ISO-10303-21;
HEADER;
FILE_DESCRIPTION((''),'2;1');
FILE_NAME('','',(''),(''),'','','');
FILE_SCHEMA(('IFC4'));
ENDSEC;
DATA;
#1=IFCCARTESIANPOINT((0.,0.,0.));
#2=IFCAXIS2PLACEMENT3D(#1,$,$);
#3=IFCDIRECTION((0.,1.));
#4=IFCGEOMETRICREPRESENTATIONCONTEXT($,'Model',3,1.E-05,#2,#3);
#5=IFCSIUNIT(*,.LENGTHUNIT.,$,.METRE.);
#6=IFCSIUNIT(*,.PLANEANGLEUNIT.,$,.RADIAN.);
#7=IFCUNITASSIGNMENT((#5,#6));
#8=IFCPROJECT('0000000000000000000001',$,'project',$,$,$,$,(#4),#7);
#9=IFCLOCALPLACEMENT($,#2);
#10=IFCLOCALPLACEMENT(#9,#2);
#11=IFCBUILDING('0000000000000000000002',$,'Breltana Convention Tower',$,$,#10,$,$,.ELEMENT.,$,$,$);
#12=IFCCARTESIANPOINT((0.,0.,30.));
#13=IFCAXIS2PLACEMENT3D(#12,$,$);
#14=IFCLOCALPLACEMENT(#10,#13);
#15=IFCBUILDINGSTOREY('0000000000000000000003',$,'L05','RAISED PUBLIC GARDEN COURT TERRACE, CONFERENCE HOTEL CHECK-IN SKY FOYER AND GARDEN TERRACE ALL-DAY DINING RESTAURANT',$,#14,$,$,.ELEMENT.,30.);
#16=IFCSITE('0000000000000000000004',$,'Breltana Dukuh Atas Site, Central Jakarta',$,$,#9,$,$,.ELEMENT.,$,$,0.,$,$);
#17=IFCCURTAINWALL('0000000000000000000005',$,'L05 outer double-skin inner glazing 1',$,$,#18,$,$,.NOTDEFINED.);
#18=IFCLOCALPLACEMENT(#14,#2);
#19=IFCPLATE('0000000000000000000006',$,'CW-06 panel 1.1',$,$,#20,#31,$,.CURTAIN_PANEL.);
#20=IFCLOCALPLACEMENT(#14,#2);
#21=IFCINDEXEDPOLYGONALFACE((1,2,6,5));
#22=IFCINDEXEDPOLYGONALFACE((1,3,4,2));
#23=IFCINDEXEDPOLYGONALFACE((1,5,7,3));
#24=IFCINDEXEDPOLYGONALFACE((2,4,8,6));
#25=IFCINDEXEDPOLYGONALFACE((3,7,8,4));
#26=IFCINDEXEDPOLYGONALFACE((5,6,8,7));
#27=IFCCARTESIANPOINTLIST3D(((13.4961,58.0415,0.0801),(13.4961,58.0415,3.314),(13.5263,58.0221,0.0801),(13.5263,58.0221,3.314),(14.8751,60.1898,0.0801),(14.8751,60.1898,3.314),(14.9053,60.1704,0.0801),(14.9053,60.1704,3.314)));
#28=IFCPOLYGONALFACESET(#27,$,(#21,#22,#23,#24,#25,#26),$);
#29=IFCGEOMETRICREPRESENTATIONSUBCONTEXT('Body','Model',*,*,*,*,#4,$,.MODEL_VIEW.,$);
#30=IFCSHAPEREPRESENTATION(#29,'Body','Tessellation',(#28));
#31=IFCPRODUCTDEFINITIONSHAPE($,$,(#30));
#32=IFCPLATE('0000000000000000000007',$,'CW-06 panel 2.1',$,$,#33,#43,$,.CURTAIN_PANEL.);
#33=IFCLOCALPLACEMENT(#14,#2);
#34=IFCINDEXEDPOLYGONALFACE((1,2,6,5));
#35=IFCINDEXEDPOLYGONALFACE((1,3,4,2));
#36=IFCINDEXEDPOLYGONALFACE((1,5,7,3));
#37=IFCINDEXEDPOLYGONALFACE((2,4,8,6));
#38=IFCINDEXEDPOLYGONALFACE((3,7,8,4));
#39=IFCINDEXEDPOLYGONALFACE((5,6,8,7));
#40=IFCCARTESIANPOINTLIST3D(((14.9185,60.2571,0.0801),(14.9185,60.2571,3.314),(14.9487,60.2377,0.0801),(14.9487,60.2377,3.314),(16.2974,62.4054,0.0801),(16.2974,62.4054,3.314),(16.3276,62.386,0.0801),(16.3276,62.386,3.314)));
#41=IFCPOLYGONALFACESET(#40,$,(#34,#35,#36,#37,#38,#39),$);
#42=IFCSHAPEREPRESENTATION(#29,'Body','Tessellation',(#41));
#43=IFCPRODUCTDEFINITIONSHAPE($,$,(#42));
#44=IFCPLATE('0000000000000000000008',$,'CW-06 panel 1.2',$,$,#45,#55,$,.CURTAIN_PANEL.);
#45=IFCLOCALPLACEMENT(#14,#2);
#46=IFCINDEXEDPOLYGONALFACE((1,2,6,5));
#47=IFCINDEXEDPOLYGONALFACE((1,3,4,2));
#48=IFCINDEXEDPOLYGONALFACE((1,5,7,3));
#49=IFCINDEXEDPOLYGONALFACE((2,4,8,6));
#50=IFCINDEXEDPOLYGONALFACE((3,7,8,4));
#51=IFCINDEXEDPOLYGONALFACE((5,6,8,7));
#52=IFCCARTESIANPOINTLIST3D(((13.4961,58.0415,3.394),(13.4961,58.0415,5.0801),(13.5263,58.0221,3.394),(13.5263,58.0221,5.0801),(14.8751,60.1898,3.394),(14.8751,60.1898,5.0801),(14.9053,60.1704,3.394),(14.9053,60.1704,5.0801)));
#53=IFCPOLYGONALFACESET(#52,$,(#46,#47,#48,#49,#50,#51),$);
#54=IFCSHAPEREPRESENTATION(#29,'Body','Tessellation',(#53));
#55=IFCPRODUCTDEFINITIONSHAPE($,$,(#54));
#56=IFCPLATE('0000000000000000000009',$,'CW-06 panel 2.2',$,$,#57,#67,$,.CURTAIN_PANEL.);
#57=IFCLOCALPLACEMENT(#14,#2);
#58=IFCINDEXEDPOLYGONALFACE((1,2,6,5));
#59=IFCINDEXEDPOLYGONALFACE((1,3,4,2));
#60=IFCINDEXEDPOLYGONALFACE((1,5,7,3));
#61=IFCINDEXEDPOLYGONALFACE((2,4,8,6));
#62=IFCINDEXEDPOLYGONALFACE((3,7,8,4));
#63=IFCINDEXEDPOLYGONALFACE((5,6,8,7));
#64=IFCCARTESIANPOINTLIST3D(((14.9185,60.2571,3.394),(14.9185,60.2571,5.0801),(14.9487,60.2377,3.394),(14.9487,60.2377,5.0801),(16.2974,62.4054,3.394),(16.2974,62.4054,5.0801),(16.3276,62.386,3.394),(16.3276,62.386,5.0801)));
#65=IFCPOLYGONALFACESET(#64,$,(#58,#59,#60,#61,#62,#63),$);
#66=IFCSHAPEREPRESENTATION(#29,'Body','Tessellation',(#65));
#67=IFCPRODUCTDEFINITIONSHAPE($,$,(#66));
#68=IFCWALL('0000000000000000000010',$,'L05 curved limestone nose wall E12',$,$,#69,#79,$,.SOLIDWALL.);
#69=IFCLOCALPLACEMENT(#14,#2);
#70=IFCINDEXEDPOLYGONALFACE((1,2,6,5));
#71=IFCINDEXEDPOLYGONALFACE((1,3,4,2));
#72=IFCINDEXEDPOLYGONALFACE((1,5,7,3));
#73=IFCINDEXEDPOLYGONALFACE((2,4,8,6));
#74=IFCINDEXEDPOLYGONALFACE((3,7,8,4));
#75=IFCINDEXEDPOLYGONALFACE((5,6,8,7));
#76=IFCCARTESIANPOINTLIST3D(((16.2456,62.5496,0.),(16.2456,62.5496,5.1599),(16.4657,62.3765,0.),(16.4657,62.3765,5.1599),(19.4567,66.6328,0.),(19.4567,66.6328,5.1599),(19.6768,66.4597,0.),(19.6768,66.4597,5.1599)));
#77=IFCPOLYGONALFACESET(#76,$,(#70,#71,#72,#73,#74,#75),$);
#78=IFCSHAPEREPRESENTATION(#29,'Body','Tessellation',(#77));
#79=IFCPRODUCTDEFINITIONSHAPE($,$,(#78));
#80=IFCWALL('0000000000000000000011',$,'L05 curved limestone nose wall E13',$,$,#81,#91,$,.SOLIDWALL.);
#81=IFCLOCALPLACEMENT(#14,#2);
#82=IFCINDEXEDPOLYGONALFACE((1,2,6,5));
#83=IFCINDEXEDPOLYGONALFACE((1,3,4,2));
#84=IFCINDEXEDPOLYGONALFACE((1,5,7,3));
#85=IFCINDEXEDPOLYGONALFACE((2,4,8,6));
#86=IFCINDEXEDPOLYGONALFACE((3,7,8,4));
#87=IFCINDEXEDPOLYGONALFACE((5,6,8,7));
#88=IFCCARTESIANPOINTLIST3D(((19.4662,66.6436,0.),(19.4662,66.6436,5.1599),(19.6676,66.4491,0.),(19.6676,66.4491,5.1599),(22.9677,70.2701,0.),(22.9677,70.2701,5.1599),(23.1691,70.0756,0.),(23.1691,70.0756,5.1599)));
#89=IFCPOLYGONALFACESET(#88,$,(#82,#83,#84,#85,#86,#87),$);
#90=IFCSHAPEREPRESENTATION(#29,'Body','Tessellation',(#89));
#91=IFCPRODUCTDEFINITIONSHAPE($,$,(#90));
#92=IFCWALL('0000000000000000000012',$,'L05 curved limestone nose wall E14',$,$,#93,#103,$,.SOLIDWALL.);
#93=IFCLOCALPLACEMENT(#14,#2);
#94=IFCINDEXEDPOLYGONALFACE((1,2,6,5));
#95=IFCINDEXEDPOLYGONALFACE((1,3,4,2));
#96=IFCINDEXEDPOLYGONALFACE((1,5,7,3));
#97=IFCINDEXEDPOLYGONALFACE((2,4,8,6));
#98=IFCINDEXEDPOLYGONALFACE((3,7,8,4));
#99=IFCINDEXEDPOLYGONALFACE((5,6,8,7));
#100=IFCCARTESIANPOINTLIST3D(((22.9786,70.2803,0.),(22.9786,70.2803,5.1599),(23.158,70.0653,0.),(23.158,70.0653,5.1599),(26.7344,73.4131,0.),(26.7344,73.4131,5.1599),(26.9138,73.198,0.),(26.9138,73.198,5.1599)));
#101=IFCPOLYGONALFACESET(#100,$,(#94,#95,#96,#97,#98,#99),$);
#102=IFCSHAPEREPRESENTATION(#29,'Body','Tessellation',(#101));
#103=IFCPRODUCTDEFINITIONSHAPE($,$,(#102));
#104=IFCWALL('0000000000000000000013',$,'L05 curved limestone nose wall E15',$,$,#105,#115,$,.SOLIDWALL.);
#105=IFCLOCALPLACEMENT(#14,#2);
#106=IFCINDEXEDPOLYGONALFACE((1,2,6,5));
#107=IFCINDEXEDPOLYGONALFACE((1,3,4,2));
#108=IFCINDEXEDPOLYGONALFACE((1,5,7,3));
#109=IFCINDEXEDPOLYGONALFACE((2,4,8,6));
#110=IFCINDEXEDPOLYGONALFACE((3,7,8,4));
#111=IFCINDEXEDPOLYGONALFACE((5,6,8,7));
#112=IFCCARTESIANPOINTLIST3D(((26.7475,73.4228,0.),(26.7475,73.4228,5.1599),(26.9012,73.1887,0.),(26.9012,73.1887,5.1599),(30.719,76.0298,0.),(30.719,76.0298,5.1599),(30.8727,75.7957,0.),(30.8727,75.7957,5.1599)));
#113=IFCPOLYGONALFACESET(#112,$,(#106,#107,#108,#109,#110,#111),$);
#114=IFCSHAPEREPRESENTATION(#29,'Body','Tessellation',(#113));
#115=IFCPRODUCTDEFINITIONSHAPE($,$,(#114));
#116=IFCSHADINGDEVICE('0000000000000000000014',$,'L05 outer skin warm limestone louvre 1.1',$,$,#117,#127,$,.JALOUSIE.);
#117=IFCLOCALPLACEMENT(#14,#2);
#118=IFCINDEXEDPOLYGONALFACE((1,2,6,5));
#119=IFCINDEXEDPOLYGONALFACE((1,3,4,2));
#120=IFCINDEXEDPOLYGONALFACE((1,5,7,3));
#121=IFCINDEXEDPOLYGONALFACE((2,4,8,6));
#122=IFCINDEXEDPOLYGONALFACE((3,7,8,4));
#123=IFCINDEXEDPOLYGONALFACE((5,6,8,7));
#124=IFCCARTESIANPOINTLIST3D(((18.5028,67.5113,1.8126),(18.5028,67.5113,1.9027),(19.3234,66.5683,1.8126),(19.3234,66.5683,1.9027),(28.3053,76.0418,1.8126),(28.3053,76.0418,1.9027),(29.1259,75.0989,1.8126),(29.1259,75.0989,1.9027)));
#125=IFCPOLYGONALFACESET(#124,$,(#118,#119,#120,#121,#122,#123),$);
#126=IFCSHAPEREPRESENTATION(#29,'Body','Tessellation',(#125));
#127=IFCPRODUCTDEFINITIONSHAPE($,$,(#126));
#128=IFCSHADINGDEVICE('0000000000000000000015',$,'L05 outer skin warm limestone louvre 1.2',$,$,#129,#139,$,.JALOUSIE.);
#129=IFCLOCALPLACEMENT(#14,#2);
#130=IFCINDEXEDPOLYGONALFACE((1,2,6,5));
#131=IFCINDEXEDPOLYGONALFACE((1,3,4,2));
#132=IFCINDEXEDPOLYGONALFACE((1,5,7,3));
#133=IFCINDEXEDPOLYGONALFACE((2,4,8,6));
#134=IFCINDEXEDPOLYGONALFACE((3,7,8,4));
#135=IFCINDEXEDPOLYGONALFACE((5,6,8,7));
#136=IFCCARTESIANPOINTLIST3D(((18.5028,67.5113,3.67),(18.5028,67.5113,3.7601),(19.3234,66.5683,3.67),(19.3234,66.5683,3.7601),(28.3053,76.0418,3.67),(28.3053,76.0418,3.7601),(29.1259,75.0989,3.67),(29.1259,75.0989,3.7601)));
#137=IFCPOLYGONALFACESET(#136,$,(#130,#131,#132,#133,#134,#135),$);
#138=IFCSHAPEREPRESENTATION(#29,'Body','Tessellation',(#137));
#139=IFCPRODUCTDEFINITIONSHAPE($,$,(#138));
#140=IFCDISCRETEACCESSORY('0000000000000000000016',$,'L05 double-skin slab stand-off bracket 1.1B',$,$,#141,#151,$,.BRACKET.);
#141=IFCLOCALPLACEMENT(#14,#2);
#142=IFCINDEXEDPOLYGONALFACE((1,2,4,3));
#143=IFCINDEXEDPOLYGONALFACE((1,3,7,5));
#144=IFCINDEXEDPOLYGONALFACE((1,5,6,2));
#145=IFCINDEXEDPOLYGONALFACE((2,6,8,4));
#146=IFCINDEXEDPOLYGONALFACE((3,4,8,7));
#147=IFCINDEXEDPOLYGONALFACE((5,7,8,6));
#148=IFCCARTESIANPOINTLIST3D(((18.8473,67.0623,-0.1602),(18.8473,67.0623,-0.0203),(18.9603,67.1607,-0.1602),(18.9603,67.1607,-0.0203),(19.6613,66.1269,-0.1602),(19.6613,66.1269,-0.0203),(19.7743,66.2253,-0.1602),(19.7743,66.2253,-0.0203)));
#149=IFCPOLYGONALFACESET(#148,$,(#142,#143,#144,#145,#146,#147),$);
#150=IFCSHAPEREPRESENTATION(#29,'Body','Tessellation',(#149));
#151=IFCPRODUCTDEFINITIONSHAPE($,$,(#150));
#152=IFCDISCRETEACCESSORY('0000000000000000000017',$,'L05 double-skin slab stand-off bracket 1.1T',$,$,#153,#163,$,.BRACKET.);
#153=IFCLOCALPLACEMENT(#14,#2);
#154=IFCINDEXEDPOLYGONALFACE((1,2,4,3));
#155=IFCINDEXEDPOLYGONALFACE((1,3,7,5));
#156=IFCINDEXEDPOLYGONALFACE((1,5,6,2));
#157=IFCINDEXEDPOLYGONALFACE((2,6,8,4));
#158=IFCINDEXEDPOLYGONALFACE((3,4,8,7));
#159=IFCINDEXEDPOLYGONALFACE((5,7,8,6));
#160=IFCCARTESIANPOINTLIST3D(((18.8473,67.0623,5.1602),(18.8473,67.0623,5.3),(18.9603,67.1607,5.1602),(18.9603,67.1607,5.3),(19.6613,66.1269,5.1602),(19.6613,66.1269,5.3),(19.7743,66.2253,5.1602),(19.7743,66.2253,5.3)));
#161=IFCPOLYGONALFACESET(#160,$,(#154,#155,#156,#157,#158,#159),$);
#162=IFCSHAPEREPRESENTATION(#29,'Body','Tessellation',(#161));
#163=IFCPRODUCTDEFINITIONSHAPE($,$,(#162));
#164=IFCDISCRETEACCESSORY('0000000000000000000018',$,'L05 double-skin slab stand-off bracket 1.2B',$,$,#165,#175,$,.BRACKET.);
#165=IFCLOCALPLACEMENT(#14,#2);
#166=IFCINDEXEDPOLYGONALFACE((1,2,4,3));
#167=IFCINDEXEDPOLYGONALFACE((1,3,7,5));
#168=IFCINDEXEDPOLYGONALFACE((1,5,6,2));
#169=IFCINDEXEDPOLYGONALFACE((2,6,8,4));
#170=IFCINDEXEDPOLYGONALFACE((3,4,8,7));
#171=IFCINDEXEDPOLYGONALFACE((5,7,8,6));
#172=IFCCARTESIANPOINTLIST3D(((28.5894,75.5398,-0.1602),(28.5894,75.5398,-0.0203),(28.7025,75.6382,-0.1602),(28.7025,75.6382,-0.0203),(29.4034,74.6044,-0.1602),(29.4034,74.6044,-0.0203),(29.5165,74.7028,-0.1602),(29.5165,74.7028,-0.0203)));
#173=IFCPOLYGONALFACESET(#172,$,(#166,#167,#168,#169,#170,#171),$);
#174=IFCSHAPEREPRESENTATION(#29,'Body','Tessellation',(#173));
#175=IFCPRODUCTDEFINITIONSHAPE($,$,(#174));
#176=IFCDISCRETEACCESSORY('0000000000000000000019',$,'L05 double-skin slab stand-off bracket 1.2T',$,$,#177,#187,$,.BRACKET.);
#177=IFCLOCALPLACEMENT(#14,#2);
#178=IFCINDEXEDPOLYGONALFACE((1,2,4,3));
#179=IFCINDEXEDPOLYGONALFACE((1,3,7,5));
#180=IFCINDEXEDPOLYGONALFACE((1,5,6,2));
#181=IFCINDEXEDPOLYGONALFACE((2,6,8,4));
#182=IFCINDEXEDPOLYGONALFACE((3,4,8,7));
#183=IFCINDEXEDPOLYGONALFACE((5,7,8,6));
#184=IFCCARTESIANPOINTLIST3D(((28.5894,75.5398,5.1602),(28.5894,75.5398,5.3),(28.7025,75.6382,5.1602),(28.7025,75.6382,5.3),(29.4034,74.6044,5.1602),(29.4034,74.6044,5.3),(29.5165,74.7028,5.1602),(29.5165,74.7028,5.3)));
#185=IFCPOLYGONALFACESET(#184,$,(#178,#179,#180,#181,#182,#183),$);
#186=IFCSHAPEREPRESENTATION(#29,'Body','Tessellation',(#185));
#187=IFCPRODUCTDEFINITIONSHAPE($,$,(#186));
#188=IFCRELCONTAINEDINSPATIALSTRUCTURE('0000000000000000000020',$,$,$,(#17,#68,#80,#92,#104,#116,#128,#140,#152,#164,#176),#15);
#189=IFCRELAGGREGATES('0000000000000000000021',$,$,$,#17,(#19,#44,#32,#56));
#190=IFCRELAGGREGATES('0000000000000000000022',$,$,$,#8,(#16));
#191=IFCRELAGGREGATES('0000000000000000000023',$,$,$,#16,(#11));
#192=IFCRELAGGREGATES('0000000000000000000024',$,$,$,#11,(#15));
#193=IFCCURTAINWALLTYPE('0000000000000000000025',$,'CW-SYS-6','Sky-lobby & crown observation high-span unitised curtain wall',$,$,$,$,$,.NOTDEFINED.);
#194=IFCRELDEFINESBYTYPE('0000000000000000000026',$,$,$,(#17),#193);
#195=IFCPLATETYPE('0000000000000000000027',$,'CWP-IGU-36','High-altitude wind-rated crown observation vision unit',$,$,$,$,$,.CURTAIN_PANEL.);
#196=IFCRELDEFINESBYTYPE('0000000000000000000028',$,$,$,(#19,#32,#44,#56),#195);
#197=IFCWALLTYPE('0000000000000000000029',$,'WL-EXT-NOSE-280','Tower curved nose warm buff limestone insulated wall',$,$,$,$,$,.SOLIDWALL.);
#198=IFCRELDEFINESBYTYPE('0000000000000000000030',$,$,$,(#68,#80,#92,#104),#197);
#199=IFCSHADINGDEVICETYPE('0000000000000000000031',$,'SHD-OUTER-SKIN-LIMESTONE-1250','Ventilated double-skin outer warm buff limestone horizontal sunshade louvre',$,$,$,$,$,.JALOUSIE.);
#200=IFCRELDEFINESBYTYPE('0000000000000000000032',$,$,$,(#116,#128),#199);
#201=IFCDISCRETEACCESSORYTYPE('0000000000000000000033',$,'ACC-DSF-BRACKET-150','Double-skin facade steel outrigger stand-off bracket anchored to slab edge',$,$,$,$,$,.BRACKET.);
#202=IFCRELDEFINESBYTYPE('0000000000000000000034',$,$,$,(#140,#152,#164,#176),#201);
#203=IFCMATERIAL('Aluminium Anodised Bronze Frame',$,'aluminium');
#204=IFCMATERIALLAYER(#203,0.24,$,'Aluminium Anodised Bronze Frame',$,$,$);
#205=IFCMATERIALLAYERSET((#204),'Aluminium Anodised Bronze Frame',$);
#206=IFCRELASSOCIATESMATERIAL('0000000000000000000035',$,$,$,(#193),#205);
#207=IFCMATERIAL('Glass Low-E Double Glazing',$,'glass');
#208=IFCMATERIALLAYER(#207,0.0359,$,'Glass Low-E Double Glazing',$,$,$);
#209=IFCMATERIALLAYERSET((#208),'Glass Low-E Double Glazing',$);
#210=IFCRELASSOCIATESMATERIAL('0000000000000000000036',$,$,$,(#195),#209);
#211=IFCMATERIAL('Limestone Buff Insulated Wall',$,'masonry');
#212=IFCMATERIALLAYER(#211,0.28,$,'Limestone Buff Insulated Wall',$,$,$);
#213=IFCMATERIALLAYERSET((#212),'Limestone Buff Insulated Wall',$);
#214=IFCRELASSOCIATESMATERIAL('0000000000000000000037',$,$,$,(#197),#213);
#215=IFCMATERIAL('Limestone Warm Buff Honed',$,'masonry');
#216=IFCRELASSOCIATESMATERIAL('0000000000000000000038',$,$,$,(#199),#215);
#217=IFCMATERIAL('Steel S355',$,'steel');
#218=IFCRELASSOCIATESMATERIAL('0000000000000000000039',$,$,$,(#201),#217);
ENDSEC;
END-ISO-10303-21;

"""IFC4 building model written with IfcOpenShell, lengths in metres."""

from ifc_helpers import new_model, si_unit, direction, frame, frame_2d, origin, origin_2d, place, context, subcontext, project, spatial, rectangle, extrude, source, transform, mapped, material, layer, layer_set, material_profile, profile_set, type_object, type_shapes, element, aggregate, save


model = new_model("IFC4")

# Units and contexts
model_context = context("Model", 3, precision=1e-05, world=origin(), true_north=direction((0.0, 1.0)))
body_context = subcontext(model_context, "Body", "Model", "MODEL_VIEW")
ifc_project = project(units=[si_unit("LENGTHUNIT", "METRE"), si_unit("PLANEANGLEUNIT", "RADIAN")], contexts=[model_context])

# Site, building, storey
site_placement = place(None, origin())
site = spatial("IfcSite", under=ifc_project, at=site_placement, Name="Breltana Dukuh Atas Site, Central Jakarta", CompositionType="ELEMENT", RefElevation=0.0)
building_placement = place(site_placement, origin())
building = spatial("IfcBuilding", under=site, at=building_placement, Name="Breltana Convention Tower", CompositionType="ELEMENT")
storey_placement = place(building_placement, frame((0.0, 0.0, 30.0)))
storey = spatial("IfcBuildingStorey", under=building, at=storey_placement, Name="L05", Description="RAISED PUBLIC GARDEN COURT TERRACE, CONFERENCE HOTEL CHECK-IN SKY FOYER AND GARDEN TERRACE ALL-DAY DINING RESTAURANT", CompositionType="ELEMENT", Elevation=30.0)

# Curtain wall
ifc_material_1 = material(Name="Aluminium Anodised Bronze Frame", Category="aluminium")
ifc_layer_1 = layer(ifc_material_1, 0.24, Name="Aluminium Anodised Bronze Frame")
ifc_layer_set_1 = layer_set([ifc_layer_1], Name="Aluminium Anodised Bronze Frame")
curtain_wall_type = type_object("IfcCurtainWallType", Name="CW-SYS-6", Description="Sky-lobby & crown observation high-span unitised curtain wall", PredefinedType="NOTDEFINED", material=ifc_layer_set_1)
curtain_wall_1_placement = place(storey_placement, origin())
curtain_wall_1 = element("IfcCurtainWall", 1, at=curtain_wall_1_placement, inside=storey, type_object=curtain_wall_type, Name="L05 outer double-skin inner glazing 1", PredefinedType="NOTDEFINED")

# Plates
ifc_material_2 = material(Name="Glass Low-E Double Glazing", Category="glass")
ifc_layer_2 = layer(ifc_material_2, 0.0359, Name="Glass Low-E Double Glazing")
ifc_layer_set_2 = layer_set([ifc_layer_2], Name="Glass Low-E Double Glazing")
plate_type = type_object("IfcPlateType", Name="CWP-IGU-36", Description="High-altitude wind-rated crown observation vision unit", PredefinedType="CURTAIN_PANEL", material=ifc_layer_set_2)
shared_shape_1 = source(origin(), body_context, "Body", "SweptSolid", [
    extrude(rectangle(XDim=2.5527, YDim=0.0359, at=origin_2d()), origin(), (0.0, 0.0, 1.0), 3.2339),
])
type_shapes(plate_type, [shared_shape_1])
plate_1_placement = place(storey_placement, frame((14.2007, 59.106, 0.0801), z_axis=(0.0, 0.0, 1.0), x_axis=(0.540181, 0.841549, 0.0)))
plate_1 = element("IfcPlate", 2, at=plate_1_placement, type_object=plate_type, Name="CW-06 panel 1.1", PredefinedType="CURTAIN_PANEL", context=body_context, shape_type="MappedRepresentation", body=[
    mapped(shared_shape_1, transform((0.0, 0.0, 0.0), scale=1.0)),
])
plate_2_placement = place(storey_placement, frame((15.623, 61.3215, 0.0801), z_axis=(0.0, 0.0, 1.0), x_axis=(0.540181, 0.841549, 0.0)))
plate_2 = element("IfcPlate", 3, at=plate_2_placement, type_object=plate_type, Name="CW-06 panel 2.1", PredefinedType="CURTAIN_PANEL", context=body_context, shape_type="MappedRepresentation", body=[
    mapped(shared_shape_1, transform((0.0, 0.0, 0.0), scale=1.0)),
])
shared_shape_2 = source(origin(), body_context, "Body", "SweptSolid", [
    extrude(rectangle(XDim=2.5527, YDim=0.0359, at=origin_2d()), origin(), (0.0, 0.0, 1.0), 1.686),
])
plate_3_placement = place(storey_placement, frame((14.2007, 59.106, 3.394), z_axis=(0.0, 0.0, 1.0), x_axis=(0.540181, 0.841549, 0.0)))
plate_3 = element("IfcPlate", 4, at=plate_3_placement, type_object=plate_type, Name="CW-06 panel 1.2", PredefinedType="CURTAIN_PANEL", context=body_context, shape_type="MappedRepresentation", body=[
    mapped(shared_shape_2, transform((0.0, 0.0, 0.0), scale=1.0)),
])
plate_4_placement = place(storey_placement, frame((15.623, 61.3215, 3.394), z_axis=(0.0, 0.0, 1.0), x_axis=(0.540181, 0.841549, 0.0)))
plate_4 = element("IfcPlate", 5, at=plate_4_placement, type_object=plate_type, Name="CW-06 panel 2.2", PredefinedType="CURTAIN_PANEL", context=body_context, shape_type="MappedRepresentation", body=[
    mapped(shared_shape_2, transform((0.0, 0.0, 0.0), scale=1.0)),
])
aggregate(curtain_wall_1, [plate_1, plate_3, plate_2, plate_4])

# Walls
ifc_material_3 = material(Name="Limestone Buff Insulated Wall", Category="masonry")
ifc_layer_3 = layer(ifc_material_3, 0.28, Name="Limestone Buff Insulated Wall")
ifc_layer_set_3 = layer_set([ifc_layer_3], Name="Limestone Buff Insulated Wall")
wall_type = type_object("IfcWallType", Name="WL-EXT-NOSE-280", Description="Tower curved nose warm buff limestone insulated wall", PredefinedType="SOLIDWALL", material=ifc_layer_set_3)
shared_shape_3 = source(origin(), body_context, "Body", "SweptSolid", [
    extrude(rectangle(XDim=5.1946, YDim=0.28, at=frame_2d((2.5972, 0.0))), origin(), (0.0, 0.0, 1.0), 5.1599),
])
wall_1_placement = place(storey_placement, frame((16.3557, 62.4631, 0.0), z_axis=(0.0, 0.0, 1.0), x_axis=(0.618168, 0.786046, 0.0)))
element("IfcWall", 6, at=wall_1_placement, inside=storey, type_object=wall_type, Name="L05 curved limestone nose wall E12", PredefinedType="SOLIDWALL", context=body_context, shape_type="MappedRepresentation", body=[
    mapped(shared_shape_3, transform((0.0, 0.0, 0.0), scale=1.0)),
])
shared_shape_4 = source(origin(), body_context, "Body", "SweptSolid", [
    extrude(rectangle(XDim=5.041, YDim=0.28, at=frame_2d((2.5205, 0.0))), origin(), (0.0, 0.0, 1.0), 5.1599),
])
wall_2_placement = place(storey_placement, frame((19.5669, 66.5464, 0.0), z_axis=(0.0, 0.0, 1.0), x_axis=(0.6946, 0.719396, 0.0)))
element("IfcWall", 7, at=wall_2_placement, inside=storey, type_object=wall_type, Name="L05 curved limestone nose wall E13", PredefinedType="SOLIDWALL", context=body_context, shape_type="MappedRepresentation", body=[
    mapped(shared_shape_4, transform((0.0, 0.0, 0.0), scale=1.0)),
])
shared_shape_5 = source(origin(), body_context, "Body", "SweptSolid", [
    extrude(rectangle(XDim=4.8909, YDim=0.28, at=frame_2d((2.4453, 0.0))), origin(), (0.0, 0.0, 1.0), 5.1599),
])
wall_3_placement = place(storey_placement, frame((23.0684, 70.1729, 0.0), z_axis=(0.0, 0.0, 1.0), x_axis=(0.767927, 0.640538, 0.0)))
element("IfcWall", 8, at=wall_3_placement, inside=storey, type_object=wall_type, Name="L05 curved limestone nose wall E14", PredefinedType="SOLIDWALL", context=body_context, shape_type="MappedRepresentation", body=[
    mapped(shared_shape_5, transform((0.0, 0.0, 0.0), scale=1.0)),
])
shared_shape_6 = source(origin(), body_context, "Body", "SweptSolid", [
    extrude(rectangle(XDim=4.7507, YDim=0.28, at=frame_2d((2.3755, 0.0))), origin(), (0.0, 0.0, 1.0), 5.1599),
])
wall_4_placement = place(storey_placement, frame((26.8242, 73.3057, 0.0), z_axis=(0.0, 0.0, 1.0), x_axis=(0.835982, 0.548756, 0.0)))
element("IfcWall", 9, at=wall_4_placement, inside=storey, type_object=wall_type, Name="L05 curved limestone nose wall E15", PredefinedType="SOLIDWALL", context=body_context, shape_type="MappedRepresentation", body=[
    mapped(shared_shape_6, transform((0.0, 0.0, 0.0), scale=1.0)),
])

# Shading devices
ifc_material_4 = material(Name="Limestone Warm Buff Honed", Category="masonry")
ifc_material_profile_1 = material_profile(ifc_material_4, rectangle(XDim=1.25, YDim=0.0901, at=origin_2d()), Name="STN-LVR-1250X90")
ifc_profile_set_1 = profile_set([ifc_material_profile_1], Name="Limestone Warm Buff Honed")
shading_device_type = type_object("IfcShadingDeviceType", Name="SHD-OUTER-SKIN-LIMESTONE-1250", Description="Ventilated double-skin outer warm buff limestone horizontal sunshade louvre", PredefinedType="JALOUSIE", material=ifc_profile_set_1)
shared_shape_7 = source(origin(), body_context, "Body", "SweptSolid", [
    extrude(rectangle(XDim=1.25, YDim=0.0901, at=origin_2d()), origin(), (0.0, 0.0, 1.0), 12.9946),
])
type_shapes(shading_device_type, [shared_shape_7])
for number, where, z_axis, x_axis, name in (
    (10, (18.9131, 67.0398, 1.8577), (0.754353, 0.656468, 0.0), (-0.656468, 0.754353, 0.0), "L05 outer skin warm limestone louvre 1.1"),
    (11, (18.9131, 67.0398, 3.7151), (0.754353, 0.656468, 0.0), (-0.656468, 0.754353, 0.0), "L05 outer skin warm limestone louvre 1.2"),
):
    element("IfcShadingDevice", number, at=place(storey_placement, frame(where, z_axis=z_axis, x_axis=x_axis)), inside=storey, type_object=shading_device_type, Name=name, PredefinedType="JALOUSIE", context=body_context, shape_type="MappedRepresentation", body=[
        mapped(shared_shape_7, transform((0.0, 0.0, 0.0), scale=1.0)),
    ])

# Discrete accessories
ifc_material_5 = material(Name="Steel S355", Category="steel")
discrete_accessory_type_1 = type_object("IfcDiscreteAccessoryType", Name="ACC-DSF-BRACKET-150", Description="Double-skin facade steel outrigger stand-off bracket anchored to slab edge", PredefinedType="BRACKET", material=ifc_material_5)
shared_shape_8 = source(origin(), body_context, "Body", "SweptSolid", [
    extrude(rectangle(XDim=1.24, YDim=0.1499, at=origin_2d()), origin(), (0.0, 0.0, 1.0), 0.1399),
])
type_shapes(discrete_accessory_type_1, [shared_shape_8])
for number, where, z_axis, x_axis, name in (
    (12, (19.3108, 66.6438, -0.1602), (0.0, 0.0, 1.0), (-0.656457, 0.754364, 0.0), "L05 double-skin slab stand-off bracket 1.1B"),
    (13, (19.3108, 66.6438, 5.1602), (0.0, 0.0, 1.0), (-0.656457, 0.754364, 0.0), "L05 double-skin slab stand-off bracket 1.1T"),
    (14, (29.053, 75.1213, -0.1602), (0.0, 0.0, 1.0), (-0.656457, 0.754364, 0.0), "L05 double-skin slab stand-off bracket 1.2B"),
    (15, (29.053, 75.1213, 5.1602), (0.0, 0.0, 1.0), (-0.656457, 0.754364, 0.0), "L05 double-skin slab stand-off bracket 1.2T"),
):
    element("IfcDiscreteAccessory", number, at=place(storey_placement, frame(where, z_axis=z_axis, x_axis=x_axis)), inside=storey, type_object=discrete_accessory_type_1, Name=name, PredefinedType="BRACKET", context=body_context, shape_type="MappedRepresentation", body=[
        mapped(shared_shape_8, transform((0.0, 0.0, 0.0), scale=1.0)),
    ])

save(model, "model.ifc")
